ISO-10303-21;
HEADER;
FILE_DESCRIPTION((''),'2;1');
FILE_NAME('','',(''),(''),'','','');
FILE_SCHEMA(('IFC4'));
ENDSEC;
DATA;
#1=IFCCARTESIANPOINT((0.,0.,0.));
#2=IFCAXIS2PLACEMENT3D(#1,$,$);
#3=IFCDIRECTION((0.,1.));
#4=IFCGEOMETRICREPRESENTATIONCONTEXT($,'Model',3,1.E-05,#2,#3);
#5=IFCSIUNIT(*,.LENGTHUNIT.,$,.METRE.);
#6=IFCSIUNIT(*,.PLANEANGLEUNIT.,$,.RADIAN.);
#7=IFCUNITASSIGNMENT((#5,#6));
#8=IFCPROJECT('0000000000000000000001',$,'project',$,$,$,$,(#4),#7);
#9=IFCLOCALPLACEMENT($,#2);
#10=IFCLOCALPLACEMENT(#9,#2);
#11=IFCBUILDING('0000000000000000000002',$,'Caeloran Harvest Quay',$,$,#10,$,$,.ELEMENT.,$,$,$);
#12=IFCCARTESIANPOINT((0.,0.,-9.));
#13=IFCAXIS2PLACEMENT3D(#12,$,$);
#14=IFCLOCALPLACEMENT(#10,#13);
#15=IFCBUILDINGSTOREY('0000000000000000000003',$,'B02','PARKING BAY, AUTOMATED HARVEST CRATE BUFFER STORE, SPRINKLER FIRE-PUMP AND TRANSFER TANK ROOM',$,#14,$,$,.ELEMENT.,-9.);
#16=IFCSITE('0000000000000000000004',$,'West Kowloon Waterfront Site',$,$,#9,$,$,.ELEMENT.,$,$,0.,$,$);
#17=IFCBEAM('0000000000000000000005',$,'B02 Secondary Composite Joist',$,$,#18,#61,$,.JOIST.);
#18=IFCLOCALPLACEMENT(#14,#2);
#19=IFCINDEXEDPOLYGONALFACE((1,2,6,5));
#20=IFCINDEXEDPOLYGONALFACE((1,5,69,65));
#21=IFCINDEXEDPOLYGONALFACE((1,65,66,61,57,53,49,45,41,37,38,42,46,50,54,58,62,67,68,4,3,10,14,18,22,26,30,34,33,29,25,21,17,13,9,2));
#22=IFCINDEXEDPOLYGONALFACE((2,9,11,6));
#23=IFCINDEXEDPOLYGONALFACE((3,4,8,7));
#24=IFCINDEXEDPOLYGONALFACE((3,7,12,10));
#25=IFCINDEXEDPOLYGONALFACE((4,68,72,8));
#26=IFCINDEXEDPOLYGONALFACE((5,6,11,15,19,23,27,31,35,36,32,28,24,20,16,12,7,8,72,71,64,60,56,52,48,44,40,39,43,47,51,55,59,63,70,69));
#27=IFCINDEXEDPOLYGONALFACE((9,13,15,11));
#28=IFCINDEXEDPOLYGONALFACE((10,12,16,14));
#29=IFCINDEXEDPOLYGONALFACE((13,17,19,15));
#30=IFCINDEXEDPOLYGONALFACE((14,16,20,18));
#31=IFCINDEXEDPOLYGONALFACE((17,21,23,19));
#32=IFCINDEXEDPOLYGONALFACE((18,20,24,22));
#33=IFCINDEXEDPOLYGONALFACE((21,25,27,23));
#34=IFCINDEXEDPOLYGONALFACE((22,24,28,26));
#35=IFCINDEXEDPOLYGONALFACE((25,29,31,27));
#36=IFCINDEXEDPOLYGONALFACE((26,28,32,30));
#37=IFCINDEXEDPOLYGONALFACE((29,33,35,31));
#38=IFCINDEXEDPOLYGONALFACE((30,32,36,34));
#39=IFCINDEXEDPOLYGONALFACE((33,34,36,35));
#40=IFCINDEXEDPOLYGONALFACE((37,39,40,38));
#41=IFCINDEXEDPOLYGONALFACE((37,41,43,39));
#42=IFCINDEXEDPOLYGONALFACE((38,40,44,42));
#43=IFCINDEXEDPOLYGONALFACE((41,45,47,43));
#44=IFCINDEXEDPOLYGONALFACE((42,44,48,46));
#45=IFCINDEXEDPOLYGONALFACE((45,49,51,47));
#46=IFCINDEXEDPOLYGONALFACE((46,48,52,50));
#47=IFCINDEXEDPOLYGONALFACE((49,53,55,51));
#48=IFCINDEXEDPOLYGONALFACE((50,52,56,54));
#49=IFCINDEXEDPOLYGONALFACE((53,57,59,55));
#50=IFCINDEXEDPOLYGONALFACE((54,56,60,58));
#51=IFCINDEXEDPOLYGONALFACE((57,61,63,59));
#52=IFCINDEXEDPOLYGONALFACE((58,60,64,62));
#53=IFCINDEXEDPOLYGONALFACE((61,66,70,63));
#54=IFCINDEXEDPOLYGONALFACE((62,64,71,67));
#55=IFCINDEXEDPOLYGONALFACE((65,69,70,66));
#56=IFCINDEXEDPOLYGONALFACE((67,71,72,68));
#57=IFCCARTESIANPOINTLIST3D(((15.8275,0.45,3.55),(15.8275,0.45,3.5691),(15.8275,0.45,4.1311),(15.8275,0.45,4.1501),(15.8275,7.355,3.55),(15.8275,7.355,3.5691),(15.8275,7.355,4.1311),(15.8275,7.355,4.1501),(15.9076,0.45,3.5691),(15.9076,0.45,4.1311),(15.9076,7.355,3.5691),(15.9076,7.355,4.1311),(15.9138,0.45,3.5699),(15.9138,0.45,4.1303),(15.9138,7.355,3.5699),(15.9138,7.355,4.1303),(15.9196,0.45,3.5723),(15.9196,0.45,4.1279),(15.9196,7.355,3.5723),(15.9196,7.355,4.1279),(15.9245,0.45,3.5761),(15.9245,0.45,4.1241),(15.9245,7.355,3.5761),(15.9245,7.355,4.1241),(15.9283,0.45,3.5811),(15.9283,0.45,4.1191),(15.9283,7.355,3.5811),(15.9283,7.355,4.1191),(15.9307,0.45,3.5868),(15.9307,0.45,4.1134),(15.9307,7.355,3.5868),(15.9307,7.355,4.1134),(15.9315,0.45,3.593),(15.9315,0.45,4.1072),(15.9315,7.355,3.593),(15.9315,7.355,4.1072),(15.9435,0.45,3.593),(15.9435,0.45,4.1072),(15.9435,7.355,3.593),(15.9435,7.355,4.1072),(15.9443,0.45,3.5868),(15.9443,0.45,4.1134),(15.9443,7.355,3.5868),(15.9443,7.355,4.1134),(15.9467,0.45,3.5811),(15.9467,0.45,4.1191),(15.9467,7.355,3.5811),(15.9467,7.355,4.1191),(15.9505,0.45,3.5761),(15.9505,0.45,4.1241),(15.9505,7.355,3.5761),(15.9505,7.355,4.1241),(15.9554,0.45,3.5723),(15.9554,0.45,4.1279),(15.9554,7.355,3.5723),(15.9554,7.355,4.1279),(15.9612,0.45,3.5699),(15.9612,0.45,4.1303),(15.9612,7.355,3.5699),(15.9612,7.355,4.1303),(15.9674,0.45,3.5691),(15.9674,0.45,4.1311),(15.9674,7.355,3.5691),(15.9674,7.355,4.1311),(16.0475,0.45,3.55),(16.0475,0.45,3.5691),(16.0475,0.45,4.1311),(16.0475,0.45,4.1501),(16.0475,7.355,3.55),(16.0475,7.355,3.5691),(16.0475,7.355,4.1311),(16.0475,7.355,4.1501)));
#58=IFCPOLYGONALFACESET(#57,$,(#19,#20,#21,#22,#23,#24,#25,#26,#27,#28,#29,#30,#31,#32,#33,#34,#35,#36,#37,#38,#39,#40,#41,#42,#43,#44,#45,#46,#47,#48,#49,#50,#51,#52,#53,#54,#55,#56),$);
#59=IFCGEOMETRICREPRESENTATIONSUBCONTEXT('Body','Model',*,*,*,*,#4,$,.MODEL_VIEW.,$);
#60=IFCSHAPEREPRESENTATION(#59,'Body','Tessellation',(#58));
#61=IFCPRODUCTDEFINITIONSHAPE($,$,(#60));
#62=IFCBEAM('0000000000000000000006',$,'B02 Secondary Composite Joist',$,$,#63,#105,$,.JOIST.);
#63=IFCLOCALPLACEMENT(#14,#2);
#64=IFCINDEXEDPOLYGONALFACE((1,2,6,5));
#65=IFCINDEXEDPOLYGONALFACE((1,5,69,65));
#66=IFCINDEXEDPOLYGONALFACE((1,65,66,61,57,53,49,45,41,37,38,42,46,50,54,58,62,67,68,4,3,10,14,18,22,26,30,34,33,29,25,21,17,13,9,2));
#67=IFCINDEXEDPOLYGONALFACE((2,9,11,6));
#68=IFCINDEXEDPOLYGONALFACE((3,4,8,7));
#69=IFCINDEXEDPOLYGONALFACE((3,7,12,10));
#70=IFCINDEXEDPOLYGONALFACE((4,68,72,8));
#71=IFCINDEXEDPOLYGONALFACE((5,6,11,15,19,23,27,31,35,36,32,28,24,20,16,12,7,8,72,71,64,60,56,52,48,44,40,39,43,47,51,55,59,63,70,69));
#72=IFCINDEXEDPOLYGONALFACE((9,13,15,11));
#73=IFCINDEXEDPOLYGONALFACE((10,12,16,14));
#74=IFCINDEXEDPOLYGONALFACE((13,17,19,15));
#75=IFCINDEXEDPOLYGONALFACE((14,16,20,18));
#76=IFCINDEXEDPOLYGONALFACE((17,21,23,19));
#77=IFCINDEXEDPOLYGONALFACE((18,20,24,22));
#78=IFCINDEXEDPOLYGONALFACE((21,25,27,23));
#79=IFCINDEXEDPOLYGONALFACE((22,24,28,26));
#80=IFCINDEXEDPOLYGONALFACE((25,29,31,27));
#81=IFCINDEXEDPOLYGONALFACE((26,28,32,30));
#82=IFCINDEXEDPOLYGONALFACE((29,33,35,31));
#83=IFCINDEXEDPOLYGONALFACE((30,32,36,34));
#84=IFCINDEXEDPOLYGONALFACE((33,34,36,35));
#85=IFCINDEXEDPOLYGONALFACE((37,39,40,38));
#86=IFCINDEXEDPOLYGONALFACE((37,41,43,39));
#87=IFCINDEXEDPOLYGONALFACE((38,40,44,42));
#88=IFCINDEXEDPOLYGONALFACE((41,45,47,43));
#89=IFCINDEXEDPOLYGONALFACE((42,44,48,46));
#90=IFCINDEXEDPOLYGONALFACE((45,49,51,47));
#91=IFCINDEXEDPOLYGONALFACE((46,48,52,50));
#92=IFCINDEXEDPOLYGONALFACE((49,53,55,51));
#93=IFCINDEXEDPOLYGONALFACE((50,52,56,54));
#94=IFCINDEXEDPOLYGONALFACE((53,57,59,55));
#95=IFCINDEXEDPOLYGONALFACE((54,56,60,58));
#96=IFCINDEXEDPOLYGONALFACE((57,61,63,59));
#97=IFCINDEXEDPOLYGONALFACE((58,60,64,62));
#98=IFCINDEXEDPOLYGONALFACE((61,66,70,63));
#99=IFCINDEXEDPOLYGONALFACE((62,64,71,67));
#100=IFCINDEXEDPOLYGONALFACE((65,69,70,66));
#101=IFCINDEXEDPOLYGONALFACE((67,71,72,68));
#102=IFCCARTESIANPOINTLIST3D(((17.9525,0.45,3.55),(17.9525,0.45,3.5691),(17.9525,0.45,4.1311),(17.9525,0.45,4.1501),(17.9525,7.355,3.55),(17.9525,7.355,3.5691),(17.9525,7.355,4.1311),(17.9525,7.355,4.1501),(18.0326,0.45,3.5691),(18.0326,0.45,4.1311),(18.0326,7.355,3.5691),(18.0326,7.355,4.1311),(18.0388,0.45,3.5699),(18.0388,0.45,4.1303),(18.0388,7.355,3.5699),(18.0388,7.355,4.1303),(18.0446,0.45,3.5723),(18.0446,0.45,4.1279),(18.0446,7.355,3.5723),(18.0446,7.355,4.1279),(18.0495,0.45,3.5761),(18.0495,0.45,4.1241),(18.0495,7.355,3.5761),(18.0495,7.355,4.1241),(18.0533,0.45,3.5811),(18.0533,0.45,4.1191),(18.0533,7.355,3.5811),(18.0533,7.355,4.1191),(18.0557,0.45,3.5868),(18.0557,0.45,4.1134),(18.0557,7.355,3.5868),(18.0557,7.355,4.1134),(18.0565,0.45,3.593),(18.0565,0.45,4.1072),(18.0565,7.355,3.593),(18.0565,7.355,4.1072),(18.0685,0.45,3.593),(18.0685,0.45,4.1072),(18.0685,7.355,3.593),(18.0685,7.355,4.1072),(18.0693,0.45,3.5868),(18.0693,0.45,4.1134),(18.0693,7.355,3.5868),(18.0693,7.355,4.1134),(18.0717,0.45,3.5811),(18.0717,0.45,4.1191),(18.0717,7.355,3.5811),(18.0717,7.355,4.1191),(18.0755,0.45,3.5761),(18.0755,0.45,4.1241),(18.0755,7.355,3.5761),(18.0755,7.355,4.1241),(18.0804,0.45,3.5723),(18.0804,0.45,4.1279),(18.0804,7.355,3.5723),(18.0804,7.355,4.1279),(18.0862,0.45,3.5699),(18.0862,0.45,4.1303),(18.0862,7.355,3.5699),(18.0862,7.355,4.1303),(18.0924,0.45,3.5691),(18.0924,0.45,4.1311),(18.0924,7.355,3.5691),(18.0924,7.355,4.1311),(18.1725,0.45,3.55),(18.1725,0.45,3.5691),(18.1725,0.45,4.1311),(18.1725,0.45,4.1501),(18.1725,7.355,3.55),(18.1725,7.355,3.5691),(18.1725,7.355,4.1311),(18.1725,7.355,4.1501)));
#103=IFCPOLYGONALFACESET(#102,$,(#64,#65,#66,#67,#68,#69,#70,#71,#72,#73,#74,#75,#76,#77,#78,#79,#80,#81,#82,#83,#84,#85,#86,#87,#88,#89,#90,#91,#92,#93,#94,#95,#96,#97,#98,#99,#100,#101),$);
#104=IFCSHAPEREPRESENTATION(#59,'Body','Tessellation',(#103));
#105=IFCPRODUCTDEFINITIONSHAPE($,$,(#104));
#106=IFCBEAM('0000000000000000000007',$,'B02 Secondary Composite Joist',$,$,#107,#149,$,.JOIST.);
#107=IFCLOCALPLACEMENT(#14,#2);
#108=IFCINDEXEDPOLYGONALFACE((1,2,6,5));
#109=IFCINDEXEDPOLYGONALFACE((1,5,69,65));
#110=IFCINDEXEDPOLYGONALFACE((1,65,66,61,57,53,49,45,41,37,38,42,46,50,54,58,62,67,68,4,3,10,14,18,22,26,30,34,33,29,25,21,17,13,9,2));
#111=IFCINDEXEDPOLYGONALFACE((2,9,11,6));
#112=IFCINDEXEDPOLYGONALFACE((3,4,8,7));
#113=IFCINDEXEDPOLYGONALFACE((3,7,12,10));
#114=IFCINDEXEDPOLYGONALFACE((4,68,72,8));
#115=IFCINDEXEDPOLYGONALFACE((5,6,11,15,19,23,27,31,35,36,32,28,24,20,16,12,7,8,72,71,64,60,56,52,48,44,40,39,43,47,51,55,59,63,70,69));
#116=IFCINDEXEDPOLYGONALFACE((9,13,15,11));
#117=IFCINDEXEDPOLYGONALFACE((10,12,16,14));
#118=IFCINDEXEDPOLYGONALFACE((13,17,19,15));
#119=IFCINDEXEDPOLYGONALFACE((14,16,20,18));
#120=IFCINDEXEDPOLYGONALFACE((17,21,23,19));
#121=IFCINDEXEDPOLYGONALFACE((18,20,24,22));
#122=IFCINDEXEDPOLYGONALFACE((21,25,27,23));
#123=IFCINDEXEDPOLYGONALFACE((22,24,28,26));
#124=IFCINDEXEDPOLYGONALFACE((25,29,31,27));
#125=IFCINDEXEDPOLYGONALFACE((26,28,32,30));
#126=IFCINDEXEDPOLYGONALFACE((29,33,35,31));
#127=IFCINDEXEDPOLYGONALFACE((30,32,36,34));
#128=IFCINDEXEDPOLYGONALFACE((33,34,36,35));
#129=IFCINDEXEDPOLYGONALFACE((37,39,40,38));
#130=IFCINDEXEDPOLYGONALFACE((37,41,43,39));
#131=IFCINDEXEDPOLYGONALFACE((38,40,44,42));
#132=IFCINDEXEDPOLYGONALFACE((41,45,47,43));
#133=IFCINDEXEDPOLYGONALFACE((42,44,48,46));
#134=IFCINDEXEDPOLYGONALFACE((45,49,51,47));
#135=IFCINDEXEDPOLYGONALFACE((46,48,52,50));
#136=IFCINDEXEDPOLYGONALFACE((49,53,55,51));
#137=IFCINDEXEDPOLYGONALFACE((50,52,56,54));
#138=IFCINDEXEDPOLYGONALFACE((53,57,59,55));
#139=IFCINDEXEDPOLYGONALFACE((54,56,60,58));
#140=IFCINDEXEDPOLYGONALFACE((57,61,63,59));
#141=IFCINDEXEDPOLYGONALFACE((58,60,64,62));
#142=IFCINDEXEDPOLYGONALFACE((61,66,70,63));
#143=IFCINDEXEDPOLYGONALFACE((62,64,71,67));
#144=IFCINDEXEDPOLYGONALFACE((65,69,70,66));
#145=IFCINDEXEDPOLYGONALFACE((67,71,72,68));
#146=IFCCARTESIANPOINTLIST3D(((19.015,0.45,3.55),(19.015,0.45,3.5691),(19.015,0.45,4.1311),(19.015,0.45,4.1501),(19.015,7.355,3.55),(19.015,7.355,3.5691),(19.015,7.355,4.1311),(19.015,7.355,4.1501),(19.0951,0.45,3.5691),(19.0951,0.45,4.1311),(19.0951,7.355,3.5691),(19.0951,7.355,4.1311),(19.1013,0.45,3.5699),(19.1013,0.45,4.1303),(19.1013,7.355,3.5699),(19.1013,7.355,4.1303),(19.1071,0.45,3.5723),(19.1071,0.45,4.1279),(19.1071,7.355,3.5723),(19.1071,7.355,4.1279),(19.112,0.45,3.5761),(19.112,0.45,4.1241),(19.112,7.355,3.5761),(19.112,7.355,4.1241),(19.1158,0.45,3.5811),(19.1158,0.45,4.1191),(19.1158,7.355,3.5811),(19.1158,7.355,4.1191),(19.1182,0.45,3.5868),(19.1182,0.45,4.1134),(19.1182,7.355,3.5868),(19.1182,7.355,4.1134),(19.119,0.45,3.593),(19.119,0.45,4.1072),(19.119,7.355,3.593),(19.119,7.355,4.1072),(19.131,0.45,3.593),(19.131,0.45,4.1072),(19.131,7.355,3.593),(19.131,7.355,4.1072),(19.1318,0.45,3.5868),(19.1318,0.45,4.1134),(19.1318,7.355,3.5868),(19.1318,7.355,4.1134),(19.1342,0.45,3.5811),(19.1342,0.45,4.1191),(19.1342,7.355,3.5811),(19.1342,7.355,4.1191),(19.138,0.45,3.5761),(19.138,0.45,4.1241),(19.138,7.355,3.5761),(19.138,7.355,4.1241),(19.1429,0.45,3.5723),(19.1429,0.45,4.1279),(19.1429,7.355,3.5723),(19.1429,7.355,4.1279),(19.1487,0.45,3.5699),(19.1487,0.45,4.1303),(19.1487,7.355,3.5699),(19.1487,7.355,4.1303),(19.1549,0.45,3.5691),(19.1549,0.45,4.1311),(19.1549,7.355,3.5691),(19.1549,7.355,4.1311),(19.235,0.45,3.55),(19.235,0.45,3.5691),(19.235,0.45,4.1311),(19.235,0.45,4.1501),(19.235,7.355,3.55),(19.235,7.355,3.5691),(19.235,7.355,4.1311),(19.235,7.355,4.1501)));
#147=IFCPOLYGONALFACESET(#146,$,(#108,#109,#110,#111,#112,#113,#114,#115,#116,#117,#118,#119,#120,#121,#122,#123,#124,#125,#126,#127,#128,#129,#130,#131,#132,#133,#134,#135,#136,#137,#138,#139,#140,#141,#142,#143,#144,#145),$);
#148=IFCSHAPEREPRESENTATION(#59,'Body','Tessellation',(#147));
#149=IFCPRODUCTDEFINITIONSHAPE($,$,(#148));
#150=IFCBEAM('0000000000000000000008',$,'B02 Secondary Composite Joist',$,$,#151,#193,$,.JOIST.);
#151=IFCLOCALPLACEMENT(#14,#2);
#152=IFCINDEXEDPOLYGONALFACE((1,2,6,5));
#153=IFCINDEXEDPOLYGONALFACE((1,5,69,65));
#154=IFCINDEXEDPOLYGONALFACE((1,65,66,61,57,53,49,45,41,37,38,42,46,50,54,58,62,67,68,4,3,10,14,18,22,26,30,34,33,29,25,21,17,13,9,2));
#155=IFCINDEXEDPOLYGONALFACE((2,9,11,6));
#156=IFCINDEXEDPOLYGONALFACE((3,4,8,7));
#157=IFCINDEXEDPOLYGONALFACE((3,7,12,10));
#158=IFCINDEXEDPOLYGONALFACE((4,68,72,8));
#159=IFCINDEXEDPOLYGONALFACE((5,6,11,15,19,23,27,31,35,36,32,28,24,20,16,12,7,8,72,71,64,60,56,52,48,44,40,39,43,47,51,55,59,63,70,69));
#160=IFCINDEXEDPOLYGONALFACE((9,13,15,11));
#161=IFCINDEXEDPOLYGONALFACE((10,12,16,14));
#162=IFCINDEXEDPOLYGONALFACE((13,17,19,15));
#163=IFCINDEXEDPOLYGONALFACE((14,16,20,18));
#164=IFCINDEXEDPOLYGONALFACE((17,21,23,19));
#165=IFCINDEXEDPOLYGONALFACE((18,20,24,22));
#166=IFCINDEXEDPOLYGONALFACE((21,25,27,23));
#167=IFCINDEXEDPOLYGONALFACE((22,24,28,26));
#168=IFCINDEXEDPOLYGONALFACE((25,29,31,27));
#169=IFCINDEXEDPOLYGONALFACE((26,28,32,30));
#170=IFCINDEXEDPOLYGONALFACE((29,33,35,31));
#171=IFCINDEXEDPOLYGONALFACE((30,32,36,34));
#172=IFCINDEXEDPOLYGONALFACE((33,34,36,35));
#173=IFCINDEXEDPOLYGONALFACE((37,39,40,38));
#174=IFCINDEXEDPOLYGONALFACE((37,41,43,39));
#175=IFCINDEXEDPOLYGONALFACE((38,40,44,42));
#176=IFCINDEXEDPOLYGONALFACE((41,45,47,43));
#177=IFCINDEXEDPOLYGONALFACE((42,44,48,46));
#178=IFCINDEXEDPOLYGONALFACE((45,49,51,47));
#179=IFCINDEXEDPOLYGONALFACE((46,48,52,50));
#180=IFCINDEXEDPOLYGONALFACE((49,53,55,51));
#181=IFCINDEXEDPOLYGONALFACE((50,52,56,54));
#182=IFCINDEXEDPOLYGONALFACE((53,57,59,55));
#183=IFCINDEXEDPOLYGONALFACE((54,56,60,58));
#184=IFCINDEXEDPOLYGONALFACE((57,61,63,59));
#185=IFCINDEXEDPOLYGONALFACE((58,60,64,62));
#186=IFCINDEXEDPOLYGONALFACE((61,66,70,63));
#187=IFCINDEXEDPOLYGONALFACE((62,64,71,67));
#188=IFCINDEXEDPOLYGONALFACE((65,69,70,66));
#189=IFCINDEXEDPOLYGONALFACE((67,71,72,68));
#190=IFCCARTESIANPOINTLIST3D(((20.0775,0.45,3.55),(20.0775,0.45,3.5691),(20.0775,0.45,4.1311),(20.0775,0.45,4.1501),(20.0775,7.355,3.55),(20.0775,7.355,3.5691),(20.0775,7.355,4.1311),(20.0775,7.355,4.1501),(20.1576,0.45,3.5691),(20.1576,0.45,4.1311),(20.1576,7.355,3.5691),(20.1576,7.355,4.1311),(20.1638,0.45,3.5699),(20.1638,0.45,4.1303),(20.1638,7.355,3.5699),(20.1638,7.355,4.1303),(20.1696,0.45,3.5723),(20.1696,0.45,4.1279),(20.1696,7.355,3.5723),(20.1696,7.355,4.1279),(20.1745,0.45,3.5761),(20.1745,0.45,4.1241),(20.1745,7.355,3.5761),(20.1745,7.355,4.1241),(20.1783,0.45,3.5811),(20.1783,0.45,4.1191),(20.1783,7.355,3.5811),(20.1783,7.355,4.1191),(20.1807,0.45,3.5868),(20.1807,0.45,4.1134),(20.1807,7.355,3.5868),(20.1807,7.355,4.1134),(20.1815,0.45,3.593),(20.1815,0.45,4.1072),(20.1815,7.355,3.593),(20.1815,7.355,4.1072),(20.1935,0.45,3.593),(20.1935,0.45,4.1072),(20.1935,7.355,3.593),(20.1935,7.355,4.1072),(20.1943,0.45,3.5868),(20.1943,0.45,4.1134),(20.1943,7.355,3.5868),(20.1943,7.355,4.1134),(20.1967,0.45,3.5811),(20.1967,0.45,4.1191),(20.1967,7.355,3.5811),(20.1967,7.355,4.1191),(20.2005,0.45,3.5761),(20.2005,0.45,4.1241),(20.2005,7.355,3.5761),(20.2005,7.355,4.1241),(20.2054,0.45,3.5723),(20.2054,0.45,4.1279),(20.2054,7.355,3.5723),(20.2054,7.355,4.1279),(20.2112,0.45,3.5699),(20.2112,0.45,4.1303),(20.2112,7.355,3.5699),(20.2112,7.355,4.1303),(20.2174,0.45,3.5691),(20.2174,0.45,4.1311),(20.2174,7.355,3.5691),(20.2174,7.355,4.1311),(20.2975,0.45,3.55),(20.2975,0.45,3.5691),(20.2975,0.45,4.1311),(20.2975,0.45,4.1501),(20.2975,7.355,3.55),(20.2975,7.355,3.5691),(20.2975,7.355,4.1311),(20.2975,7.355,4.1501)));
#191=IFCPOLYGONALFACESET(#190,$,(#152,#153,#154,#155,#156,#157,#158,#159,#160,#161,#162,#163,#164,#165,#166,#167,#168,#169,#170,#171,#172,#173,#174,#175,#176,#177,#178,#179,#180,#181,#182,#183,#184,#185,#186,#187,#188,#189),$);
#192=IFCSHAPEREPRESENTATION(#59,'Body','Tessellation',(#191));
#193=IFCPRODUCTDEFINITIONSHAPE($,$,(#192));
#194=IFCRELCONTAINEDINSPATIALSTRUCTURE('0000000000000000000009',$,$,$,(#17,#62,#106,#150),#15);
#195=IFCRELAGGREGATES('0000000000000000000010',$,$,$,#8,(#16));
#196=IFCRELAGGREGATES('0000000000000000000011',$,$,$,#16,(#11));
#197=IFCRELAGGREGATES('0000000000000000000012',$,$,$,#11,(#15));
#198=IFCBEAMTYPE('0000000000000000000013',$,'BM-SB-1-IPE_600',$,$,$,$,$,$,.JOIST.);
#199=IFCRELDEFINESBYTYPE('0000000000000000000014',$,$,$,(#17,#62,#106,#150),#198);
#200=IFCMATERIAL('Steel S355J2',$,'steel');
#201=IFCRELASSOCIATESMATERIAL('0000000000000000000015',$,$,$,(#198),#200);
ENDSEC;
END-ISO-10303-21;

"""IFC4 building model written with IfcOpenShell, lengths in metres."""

from ifc_helpers import new_model, si_unit, direction, frame, origin, origin_2d, place, context, subcontext, project, spatial, i_section, extrude, material, material_profile, profile_set, type_object, element, save


model = new_model("IFC4")

# Units and contexts
model_context = context("Model", 3, precision=1e-05, world=origin(), true_north=direction((0.0, 1.0)))
body_context = subcontext(model_context, "Body", "Model", "MODEL_VIEW")
ifc_project = project(units=[si_unit("LENGTHUNIT", "METRE"), si_unit("PLANEANGLEUNIT", "RADIAN")], contexts=[model_context])

# Site, building, storey
site_placement = place(None, origin())
site = spatial("IfcSite", under=ifc_project, at=site_placement, Name="West Kowloon Waterfront Site", CompositionType="ELEMENT", RefElevation=0.0)
building_placement = place(site_placement, origin())
building = spatial("IfcBuilding", under=site, at=building_placement, Name="Caeloran Harvest Quay", CompositionType="ELEMENT")
storey_placement = place(building_placement, frame((0.0, 0.0, -9.0)))
storey = spatial("IfcBuildingStorey", under=building, at=storey_placement, Name="B02", Description="PARKING BAY, AUTOMATED HARVEST CRATE BUFFER STORE, SPRINKLER FIRE-PUMP AND TRANSFER TANK ROOM", CompositionType="ELEMENT", Elevation=-9.0)

# Beams
ifc_material_1 = material(Name="Steel S355J2", Category="steel")
ifc_material_profile_1 = material_profile(ifc_material_1, i_section(OverallWidth=0.22, OverallDepth=0.6001, WebThickness=0.012, FlangeThickness=0.019, FilletRadius=0.0239, at=origin_2d()), Name="IPE 600")
ifc_profile_set_1 = profile_set([ifc_material_profile_1], Name="Steel S355J2")
beam_type_1 = type_object("IfcBeamType", Name="BM-SB-1-IPE_600", PredefinedType="JOIST", material=ifc_profile_set_1)
for number, where, z_axis, x_axis, name in (
    (1, (15.9375, 0.45, 3.8501), (0.0, 1.0, 0.0), (-1.0, 0.0, 0.0), "B02 Secondary Composite Joist"),
    (2, (18.0625, 0.45, 3.8501), (0.0, 1.0, 0.0), (-1.0, 0.0, 0.0), "B02 Secondary Composite Joist"),
    (3, (19.125, 0.45, 3.8501), (0.0, 1.0, 0.0), (-1.0, 0.0, 0.0), "B02 Secondary Composite Joist"),
    (4, (20.1875, 0.45, 3.8501), (0.0, 1.0, 0.0), (-1.0, 0.0, 0.0), "B02 Secondary Composite Joist"),
):
    element("IfcBeam", number, at=place(storey_placement, frame(where, z_axis=z_axis, x_axis=x_axis)), inside=storey, type_object=beam_type_1, Name=name, PredefinedType="JOIST", context=body_context, shape_type="SweptSolid", body=[
        extrude(i_section(OverallWidth=0.22, OverallDepth=0.6001, WebThickness=0.012, FlangeThickness=0.019, FilletRadius=0.0239, at=origin_2d()), origin(), (0.0, 0.0, 1.0), 6.905),
    ])

save(model, "model.ifc")
